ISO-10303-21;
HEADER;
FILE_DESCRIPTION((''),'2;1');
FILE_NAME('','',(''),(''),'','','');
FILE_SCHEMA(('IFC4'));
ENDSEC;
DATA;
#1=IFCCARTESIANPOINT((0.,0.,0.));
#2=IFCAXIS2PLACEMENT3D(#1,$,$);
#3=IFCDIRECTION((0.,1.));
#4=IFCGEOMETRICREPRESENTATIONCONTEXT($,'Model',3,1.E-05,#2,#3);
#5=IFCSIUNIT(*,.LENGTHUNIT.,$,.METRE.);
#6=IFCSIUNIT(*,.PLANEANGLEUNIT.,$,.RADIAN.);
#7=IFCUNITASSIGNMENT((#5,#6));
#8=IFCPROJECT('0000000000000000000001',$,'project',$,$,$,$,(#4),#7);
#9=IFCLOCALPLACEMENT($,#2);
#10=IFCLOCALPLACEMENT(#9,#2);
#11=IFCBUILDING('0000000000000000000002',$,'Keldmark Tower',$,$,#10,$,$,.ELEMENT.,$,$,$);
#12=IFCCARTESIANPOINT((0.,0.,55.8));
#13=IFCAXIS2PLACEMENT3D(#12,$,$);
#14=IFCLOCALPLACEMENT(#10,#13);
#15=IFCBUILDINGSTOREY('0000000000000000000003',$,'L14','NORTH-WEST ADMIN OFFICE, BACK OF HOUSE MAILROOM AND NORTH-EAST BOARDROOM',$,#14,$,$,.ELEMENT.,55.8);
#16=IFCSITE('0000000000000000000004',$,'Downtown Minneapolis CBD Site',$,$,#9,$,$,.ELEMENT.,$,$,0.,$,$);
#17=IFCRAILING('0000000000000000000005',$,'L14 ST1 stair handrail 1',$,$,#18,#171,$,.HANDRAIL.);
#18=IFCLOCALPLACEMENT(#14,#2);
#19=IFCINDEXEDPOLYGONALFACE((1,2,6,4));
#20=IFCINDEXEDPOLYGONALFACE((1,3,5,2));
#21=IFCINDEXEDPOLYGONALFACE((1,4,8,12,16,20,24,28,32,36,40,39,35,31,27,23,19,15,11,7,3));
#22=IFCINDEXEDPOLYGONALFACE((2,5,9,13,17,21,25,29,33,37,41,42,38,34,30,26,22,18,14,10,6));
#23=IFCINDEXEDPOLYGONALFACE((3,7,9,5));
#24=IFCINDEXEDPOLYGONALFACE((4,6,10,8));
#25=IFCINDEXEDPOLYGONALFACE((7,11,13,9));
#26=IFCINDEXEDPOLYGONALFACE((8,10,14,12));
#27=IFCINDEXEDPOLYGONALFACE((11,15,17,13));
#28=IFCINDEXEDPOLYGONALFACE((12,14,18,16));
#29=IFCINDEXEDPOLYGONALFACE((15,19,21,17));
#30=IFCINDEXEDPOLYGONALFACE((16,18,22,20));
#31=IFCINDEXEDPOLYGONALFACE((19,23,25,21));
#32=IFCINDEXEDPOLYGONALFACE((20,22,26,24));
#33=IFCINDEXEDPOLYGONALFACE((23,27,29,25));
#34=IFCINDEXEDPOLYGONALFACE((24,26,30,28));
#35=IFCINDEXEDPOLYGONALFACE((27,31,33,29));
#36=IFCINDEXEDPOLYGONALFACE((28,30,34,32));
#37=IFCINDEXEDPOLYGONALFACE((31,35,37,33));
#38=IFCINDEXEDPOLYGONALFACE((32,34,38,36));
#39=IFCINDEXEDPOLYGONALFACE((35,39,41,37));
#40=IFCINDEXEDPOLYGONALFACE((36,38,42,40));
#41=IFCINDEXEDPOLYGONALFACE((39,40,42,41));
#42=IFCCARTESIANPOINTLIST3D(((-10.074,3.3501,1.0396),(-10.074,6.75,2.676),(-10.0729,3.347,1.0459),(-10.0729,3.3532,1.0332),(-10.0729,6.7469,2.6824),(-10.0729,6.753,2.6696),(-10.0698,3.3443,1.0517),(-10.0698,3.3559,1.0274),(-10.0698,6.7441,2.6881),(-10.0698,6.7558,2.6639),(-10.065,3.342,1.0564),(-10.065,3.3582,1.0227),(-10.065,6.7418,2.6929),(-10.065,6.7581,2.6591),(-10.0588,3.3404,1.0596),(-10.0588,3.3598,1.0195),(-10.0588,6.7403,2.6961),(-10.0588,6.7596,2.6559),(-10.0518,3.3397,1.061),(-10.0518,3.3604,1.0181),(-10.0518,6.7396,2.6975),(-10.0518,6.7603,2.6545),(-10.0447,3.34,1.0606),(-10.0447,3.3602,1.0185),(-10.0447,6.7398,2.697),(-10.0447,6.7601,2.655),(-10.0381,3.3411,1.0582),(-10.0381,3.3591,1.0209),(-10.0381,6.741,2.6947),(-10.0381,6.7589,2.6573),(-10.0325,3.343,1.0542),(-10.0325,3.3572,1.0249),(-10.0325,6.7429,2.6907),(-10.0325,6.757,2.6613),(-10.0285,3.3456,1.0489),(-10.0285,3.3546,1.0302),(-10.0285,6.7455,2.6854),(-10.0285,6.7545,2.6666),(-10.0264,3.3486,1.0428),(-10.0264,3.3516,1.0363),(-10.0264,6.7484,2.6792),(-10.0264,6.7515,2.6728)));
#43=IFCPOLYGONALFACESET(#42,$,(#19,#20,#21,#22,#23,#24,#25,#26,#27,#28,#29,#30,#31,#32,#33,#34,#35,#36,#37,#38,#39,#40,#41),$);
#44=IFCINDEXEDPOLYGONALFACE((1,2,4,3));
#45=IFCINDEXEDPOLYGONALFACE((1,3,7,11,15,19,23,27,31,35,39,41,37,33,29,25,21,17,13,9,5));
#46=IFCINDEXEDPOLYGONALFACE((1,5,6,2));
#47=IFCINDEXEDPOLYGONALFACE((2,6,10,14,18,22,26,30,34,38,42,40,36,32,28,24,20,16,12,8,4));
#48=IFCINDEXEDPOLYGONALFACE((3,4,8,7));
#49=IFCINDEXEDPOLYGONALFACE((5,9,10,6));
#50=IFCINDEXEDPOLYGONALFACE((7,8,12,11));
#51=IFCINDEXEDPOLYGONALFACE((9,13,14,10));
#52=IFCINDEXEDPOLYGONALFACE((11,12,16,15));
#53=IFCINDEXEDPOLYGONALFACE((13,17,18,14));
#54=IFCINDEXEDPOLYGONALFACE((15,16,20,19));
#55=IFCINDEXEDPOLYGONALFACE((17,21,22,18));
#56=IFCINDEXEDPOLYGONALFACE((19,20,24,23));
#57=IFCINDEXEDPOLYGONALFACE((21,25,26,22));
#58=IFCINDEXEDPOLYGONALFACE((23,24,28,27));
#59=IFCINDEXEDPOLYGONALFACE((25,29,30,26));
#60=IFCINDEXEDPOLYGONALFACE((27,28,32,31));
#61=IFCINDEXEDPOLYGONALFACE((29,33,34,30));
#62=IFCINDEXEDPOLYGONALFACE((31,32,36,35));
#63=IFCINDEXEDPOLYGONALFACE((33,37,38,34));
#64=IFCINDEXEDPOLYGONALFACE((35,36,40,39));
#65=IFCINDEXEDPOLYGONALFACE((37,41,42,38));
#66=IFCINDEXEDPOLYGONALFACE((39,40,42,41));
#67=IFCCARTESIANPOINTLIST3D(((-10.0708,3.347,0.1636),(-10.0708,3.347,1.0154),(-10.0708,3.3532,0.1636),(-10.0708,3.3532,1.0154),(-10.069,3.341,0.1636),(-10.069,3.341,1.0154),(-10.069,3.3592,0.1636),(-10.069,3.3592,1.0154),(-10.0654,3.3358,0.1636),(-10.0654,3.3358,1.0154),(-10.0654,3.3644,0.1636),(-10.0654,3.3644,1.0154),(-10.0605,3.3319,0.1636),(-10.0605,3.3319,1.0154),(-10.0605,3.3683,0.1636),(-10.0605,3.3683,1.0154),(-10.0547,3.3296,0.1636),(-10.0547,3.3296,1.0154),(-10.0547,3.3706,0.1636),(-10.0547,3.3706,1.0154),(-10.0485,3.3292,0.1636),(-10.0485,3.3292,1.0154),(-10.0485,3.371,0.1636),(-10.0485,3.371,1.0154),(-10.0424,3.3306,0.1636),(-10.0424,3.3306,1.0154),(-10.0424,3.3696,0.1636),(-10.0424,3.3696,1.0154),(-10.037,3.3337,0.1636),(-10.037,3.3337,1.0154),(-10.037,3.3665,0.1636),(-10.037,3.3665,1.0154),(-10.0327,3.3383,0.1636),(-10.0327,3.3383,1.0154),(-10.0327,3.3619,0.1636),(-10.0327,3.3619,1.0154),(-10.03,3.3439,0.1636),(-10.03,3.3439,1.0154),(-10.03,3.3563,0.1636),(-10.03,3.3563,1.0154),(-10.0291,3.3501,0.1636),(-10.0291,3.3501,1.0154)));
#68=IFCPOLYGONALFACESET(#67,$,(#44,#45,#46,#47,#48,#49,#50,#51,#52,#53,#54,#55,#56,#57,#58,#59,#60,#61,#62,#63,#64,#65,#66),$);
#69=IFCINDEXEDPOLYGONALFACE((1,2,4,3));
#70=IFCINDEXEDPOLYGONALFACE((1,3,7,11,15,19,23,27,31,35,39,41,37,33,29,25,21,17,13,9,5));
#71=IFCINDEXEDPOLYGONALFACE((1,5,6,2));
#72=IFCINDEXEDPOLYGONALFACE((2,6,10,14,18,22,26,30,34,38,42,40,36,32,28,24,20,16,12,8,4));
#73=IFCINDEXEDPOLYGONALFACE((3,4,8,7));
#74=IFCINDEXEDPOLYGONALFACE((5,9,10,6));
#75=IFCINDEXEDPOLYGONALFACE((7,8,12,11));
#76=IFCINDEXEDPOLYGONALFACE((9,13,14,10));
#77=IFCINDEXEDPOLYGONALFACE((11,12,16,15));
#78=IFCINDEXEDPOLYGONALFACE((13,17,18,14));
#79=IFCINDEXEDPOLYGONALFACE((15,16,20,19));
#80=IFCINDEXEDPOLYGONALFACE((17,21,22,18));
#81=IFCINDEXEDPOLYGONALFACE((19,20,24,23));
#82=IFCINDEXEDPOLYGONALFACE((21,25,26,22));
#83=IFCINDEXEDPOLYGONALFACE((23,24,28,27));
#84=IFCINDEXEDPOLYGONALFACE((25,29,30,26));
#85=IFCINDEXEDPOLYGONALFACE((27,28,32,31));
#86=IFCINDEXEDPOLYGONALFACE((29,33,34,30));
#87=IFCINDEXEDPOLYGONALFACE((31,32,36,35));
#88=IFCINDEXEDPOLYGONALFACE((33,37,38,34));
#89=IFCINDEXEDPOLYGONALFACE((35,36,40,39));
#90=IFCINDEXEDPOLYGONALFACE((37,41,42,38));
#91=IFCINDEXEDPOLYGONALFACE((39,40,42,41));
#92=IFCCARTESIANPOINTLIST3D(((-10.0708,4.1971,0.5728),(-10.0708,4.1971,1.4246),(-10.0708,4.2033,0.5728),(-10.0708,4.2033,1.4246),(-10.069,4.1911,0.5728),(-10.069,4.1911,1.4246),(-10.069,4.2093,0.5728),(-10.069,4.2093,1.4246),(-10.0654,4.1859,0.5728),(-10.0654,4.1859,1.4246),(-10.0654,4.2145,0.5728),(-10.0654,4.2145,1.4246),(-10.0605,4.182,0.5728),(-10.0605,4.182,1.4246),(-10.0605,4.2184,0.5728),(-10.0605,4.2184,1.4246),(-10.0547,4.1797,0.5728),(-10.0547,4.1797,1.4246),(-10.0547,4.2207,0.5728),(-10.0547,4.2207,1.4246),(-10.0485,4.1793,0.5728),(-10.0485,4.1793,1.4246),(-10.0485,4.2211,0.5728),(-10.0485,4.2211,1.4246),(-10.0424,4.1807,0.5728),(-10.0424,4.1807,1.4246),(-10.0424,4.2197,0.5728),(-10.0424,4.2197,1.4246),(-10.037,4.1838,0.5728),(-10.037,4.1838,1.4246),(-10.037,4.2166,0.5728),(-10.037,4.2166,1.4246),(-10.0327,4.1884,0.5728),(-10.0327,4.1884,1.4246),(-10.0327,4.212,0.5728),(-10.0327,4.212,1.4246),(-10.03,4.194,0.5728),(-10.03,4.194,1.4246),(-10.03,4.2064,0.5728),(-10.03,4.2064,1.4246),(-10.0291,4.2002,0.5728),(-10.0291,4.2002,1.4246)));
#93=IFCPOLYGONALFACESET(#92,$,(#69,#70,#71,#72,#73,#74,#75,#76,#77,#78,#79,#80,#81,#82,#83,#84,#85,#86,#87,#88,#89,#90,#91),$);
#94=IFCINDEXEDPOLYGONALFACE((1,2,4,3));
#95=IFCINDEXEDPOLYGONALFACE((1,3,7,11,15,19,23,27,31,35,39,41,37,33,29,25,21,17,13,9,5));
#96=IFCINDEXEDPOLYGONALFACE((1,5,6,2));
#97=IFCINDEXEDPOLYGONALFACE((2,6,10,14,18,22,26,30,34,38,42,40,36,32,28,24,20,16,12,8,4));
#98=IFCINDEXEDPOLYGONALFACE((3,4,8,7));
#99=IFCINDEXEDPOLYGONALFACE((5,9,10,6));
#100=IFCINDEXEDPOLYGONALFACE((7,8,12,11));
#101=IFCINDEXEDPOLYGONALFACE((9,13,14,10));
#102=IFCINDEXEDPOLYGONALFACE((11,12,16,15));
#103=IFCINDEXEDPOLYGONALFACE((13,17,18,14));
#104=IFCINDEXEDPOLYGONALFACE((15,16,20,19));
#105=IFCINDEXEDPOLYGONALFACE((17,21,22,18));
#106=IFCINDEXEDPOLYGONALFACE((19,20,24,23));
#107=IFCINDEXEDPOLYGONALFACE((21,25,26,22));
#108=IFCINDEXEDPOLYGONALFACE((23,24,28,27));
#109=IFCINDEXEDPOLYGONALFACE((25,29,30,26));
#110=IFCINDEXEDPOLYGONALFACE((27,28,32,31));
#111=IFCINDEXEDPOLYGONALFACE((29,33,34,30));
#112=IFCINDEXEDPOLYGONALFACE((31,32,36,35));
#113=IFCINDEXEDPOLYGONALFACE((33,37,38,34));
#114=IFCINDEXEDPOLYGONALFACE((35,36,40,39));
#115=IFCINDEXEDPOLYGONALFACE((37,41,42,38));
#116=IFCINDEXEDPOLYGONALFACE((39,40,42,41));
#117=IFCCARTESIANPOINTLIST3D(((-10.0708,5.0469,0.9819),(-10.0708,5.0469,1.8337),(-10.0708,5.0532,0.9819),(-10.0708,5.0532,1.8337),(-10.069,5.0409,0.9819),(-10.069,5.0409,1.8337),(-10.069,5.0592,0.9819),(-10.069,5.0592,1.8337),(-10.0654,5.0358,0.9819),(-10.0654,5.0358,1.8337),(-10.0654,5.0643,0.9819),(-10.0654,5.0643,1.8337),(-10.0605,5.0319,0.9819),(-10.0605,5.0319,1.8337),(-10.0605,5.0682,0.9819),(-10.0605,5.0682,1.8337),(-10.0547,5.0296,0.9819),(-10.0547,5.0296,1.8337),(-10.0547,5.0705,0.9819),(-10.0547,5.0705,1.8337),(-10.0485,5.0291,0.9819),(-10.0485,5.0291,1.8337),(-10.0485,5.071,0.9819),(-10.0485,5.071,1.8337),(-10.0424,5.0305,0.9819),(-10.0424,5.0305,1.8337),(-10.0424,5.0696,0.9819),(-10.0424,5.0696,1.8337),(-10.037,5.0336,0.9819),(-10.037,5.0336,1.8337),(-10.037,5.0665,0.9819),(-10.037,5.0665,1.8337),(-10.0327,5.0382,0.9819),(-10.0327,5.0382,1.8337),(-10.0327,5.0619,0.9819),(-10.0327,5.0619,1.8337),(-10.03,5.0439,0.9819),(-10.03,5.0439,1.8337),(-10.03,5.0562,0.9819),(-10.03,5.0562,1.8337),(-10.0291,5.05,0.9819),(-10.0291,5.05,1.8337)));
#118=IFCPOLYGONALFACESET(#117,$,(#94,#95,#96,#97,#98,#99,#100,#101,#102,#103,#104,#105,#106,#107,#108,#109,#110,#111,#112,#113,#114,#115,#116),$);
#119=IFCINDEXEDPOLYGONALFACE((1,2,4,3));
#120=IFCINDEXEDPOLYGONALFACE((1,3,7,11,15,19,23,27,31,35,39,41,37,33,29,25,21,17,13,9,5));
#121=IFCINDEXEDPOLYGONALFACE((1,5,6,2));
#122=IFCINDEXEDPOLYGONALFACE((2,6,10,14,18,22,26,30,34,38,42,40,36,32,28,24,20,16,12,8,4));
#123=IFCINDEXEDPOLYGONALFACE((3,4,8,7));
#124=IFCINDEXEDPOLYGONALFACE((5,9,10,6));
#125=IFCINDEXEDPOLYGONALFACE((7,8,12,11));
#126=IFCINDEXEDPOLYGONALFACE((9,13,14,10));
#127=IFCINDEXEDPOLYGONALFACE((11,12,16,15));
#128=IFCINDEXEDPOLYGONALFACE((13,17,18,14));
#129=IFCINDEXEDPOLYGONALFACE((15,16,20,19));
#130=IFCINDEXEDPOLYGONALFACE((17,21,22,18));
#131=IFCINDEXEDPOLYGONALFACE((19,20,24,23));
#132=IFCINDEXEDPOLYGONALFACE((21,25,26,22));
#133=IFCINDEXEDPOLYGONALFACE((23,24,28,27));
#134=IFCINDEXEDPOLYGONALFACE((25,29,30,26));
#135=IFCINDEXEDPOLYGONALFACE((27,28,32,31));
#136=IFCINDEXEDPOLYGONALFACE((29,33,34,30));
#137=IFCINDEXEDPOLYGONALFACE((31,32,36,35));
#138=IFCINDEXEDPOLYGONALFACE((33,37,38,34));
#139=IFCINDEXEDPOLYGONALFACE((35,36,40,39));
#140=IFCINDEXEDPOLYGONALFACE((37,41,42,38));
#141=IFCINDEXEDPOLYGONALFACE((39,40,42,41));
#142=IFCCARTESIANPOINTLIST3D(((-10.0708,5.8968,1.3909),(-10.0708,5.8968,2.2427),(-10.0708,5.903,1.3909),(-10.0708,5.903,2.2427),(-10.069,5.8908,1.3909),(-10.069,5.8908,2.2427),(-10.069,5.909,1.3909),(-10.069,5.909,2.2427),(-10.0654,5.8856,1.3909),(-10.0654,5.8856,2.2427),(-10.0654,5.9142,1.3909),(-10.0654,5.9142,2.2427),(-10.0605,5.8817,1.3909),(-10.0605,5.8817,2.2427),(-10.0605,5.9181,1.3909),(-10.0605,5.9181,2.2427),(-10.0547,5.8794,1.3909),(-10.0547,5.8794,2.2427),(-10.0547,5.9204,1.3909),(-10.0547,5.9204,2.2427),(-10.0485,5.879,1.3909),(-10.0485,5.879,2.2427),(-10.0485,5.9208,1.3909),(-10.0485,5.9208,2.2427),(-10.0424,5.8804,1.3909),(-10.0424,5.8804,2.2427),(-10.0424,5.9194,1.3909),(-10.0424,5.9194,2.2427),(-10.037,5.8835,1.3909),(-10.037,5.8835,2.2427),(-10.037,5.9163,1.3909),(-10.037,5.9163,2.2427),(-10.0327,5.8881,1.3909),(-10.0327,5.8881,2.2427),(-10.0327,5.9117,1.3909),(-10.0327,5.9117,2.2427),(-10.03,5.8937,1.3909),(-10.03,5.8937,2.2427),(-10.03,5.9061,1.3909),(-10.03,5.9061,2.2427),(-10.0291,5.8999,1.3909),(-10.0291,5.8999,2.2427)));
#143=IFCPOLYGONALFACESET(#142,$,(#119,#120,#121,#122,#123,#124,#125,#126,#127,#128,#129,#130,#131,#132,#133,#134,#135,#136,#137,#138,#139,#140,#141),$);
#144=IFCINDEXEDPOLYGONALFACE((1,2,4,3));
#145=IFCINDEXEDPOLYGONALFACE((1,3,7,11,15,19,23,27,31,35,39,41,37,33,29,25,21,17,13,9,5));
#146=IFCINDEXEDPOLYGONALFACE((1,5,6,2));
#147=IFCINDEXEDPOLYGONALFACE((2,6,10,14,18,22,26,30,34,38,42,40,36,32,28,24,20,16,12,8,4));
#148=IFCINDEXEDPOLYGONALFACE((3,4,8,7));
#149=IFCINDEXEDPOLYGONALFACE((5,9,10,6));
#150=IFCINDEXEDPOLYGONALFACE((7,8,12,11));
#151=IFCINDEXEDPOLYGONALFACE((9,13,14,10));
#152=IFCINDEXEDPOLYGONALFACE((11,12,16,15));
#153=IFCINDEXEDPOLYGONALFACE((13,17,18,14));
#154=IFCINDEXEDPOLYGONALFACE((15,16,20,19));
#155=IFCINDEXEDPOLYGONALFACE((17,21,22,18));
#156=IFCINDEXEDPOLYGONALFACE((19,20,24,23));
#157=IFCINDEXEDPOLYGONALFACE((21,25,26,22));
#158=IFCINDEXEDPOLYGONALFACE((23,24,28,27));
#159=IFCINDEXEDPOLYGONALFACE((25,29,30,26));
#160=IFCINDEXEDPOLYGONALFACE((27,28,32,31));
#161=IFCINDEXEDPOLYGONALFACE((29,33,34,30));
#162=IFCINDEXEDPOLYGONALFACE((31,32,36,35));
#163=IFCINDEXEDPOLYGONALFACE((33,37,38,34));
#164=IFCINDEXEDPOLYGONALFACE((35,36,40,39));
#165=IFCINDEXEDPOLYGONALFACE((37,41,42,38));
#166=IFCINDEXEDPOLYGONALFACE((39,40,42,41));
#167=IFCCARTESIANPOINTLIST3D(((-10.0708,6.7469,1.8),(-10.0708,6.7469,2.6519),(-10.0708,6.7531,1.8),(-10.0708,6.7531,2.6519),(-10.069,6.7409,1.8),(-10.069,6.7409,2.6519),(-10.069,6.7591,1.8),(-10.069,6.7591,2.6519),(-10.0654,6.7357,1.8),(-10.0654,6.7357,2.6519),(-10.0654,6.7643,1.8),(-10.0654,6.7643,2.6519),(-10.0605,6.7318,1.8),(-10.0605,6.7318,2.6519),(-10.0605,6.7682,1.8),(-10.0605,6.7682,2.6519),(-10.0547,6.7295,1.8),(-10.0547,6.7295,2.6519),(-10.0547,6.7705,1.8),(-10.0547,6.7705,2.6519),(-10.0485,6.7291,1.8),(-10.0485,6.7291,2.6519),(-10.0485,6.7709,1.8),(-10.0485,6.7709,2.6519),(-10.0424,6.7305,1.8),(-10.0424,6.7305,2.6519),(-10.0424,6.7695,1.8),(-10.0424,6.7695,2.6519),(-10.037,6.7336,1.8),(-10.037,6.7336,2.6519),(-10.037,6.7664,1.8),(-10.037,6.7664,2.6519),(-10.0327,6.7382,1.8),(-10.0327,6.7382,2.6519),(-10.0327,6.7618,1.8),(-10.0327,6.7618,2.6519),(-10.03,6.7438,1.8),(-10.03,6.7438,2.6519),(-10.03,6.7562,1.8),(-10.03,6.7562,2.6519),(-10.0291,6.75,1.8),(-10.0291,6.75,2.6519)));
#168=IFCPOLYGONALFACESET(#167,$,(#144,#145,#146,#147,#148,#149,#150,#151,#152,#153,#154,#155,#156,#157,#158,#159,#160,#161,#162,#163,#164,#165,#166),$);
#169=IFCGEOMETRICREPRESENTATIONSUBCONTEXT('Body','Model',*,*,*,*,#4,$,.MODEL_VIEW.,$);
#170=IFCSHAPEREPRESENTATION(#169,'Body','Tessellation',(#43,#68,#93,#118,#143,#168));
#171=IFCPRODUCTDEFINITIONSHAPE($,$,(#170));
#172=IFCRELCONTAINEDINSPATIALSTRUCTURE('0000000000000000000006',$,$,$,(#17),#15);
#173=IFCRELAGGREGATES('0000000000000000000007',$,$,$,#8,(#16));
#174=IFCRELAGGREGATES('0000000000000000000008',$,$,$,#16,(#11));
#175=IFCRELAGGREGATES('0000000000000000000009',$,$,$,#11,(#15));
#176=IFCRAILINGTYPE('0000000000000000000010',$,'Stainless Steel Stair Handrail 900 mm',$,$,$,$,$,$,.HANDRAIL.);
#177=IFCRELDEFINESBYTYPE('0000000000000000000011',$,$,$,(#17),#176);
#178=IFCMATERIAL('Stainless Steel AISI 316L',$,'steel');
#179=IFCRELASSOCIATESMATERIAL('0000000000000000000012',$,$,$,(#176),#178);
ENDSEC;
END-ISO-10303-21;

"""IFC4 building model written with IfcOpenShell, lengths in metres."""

from ifc_helpers import new_model, si_unit, direction, frame, origin, origin_2d, place, context, subcontext, project, spatial, circle, extrude, material, type_object, element, save


model = new_model("IFC4")

# Units and contexts
model_context = context("Model", 3, precision=1e-05, world=origin(), true_north=direction((0.0, 1.0)))
body_context = subcontext(model_context, "Body", "Model", "MODEL_VIEW")
ifc_project = project(units=[si_unit("LENGTHUNIT", "METRE"), si_unit("PLANEANGLEUNIT", "RADIAN")], contexts=[model_context])

# Site, building, storey
site_placement = place(None, origin())
site = spatial("IfcSite", under=ifc_project, at=site_placement, Name="Downtown Minneapolis CBD Site", CompositionType="ELEMENT", RefElevation=0.0)
building_placement = place(site_placement, origin())
building = spatial("IfcBuilding", under=site, at=building_placement, Name="Keldmark Tower", CompositionType="ELEMENT")
storey_placement = place(building_placement, frame((0.0, 0.0, 55.8)))
storey = spatial("IfcBuildingStorey", under=building, at=storey_placement, Name="L14", Description="NORTH-WEST ADMIN OFFICE, BACK OF HOUSE MAILROOM AND NORTH-EAST BOARDROOM", CompositionType="ELEMENT", Elevation=55.8)

# Railing
ifc_material_1 = material(Name="Stainless Steel AISI 316L", Category="steel")
railing_type_1 = type_object("IfcRailingType", Name="Stainless Steel Stair Handrail 900 mm", PredefinedType="HANDRAIL", material=ifc_material_1)
railing_1_placement = place(storey_placement, frame((-10.05, 3.3501, 0.1636)))
element("IfcRailing", 1, at=railing_1_placement, inside=storey, type_object=railing_type_1, Name="L14 ST1 stair handrail 1", PredefinedType="HANDRAIL", context=body_context, shape_type="SweptSolid", body=[
    extrude(circle(Radius=0.0239, at=origin_2d()), frame((0.0, 0.0, 0.876), z_axis=(0.0, 0.901055, 0.433705), x_axis=(-1.0, 0.0, 0.0)), (0.0, 0.0, 1.0), 3.7732),
    extrude(circle(Radius=0.021, at=origin_2d()), origin(), (0.0, 0.0, 1.0), 0.8518),
    extrude(circle(Radius=0.021, at=origin_2d()), frame((0.0, 0.8501, 0.4092)), (0.0, 0.0, 1.0), 0.8518),
    extrude(circle(Radius=0.021, at=origin_2d()), frame((0.0, 1.7, 0.8184)), (0.0, 0.0, 1.0), 0.8518),
    extrude(circle(Radius=0.021, at=origin_2d()), frame((0.0, 2.5498, 1.2273)), (0.0, 0.0, 1.0), 0.8518),
    extrude(circle(Radius=0.021, at=origin_2d()), frame((0.0, 3.3999, 1.6365)), (0.0, 0.0, 1.0), 0.8518),
])

save(model, "model.ifc")
